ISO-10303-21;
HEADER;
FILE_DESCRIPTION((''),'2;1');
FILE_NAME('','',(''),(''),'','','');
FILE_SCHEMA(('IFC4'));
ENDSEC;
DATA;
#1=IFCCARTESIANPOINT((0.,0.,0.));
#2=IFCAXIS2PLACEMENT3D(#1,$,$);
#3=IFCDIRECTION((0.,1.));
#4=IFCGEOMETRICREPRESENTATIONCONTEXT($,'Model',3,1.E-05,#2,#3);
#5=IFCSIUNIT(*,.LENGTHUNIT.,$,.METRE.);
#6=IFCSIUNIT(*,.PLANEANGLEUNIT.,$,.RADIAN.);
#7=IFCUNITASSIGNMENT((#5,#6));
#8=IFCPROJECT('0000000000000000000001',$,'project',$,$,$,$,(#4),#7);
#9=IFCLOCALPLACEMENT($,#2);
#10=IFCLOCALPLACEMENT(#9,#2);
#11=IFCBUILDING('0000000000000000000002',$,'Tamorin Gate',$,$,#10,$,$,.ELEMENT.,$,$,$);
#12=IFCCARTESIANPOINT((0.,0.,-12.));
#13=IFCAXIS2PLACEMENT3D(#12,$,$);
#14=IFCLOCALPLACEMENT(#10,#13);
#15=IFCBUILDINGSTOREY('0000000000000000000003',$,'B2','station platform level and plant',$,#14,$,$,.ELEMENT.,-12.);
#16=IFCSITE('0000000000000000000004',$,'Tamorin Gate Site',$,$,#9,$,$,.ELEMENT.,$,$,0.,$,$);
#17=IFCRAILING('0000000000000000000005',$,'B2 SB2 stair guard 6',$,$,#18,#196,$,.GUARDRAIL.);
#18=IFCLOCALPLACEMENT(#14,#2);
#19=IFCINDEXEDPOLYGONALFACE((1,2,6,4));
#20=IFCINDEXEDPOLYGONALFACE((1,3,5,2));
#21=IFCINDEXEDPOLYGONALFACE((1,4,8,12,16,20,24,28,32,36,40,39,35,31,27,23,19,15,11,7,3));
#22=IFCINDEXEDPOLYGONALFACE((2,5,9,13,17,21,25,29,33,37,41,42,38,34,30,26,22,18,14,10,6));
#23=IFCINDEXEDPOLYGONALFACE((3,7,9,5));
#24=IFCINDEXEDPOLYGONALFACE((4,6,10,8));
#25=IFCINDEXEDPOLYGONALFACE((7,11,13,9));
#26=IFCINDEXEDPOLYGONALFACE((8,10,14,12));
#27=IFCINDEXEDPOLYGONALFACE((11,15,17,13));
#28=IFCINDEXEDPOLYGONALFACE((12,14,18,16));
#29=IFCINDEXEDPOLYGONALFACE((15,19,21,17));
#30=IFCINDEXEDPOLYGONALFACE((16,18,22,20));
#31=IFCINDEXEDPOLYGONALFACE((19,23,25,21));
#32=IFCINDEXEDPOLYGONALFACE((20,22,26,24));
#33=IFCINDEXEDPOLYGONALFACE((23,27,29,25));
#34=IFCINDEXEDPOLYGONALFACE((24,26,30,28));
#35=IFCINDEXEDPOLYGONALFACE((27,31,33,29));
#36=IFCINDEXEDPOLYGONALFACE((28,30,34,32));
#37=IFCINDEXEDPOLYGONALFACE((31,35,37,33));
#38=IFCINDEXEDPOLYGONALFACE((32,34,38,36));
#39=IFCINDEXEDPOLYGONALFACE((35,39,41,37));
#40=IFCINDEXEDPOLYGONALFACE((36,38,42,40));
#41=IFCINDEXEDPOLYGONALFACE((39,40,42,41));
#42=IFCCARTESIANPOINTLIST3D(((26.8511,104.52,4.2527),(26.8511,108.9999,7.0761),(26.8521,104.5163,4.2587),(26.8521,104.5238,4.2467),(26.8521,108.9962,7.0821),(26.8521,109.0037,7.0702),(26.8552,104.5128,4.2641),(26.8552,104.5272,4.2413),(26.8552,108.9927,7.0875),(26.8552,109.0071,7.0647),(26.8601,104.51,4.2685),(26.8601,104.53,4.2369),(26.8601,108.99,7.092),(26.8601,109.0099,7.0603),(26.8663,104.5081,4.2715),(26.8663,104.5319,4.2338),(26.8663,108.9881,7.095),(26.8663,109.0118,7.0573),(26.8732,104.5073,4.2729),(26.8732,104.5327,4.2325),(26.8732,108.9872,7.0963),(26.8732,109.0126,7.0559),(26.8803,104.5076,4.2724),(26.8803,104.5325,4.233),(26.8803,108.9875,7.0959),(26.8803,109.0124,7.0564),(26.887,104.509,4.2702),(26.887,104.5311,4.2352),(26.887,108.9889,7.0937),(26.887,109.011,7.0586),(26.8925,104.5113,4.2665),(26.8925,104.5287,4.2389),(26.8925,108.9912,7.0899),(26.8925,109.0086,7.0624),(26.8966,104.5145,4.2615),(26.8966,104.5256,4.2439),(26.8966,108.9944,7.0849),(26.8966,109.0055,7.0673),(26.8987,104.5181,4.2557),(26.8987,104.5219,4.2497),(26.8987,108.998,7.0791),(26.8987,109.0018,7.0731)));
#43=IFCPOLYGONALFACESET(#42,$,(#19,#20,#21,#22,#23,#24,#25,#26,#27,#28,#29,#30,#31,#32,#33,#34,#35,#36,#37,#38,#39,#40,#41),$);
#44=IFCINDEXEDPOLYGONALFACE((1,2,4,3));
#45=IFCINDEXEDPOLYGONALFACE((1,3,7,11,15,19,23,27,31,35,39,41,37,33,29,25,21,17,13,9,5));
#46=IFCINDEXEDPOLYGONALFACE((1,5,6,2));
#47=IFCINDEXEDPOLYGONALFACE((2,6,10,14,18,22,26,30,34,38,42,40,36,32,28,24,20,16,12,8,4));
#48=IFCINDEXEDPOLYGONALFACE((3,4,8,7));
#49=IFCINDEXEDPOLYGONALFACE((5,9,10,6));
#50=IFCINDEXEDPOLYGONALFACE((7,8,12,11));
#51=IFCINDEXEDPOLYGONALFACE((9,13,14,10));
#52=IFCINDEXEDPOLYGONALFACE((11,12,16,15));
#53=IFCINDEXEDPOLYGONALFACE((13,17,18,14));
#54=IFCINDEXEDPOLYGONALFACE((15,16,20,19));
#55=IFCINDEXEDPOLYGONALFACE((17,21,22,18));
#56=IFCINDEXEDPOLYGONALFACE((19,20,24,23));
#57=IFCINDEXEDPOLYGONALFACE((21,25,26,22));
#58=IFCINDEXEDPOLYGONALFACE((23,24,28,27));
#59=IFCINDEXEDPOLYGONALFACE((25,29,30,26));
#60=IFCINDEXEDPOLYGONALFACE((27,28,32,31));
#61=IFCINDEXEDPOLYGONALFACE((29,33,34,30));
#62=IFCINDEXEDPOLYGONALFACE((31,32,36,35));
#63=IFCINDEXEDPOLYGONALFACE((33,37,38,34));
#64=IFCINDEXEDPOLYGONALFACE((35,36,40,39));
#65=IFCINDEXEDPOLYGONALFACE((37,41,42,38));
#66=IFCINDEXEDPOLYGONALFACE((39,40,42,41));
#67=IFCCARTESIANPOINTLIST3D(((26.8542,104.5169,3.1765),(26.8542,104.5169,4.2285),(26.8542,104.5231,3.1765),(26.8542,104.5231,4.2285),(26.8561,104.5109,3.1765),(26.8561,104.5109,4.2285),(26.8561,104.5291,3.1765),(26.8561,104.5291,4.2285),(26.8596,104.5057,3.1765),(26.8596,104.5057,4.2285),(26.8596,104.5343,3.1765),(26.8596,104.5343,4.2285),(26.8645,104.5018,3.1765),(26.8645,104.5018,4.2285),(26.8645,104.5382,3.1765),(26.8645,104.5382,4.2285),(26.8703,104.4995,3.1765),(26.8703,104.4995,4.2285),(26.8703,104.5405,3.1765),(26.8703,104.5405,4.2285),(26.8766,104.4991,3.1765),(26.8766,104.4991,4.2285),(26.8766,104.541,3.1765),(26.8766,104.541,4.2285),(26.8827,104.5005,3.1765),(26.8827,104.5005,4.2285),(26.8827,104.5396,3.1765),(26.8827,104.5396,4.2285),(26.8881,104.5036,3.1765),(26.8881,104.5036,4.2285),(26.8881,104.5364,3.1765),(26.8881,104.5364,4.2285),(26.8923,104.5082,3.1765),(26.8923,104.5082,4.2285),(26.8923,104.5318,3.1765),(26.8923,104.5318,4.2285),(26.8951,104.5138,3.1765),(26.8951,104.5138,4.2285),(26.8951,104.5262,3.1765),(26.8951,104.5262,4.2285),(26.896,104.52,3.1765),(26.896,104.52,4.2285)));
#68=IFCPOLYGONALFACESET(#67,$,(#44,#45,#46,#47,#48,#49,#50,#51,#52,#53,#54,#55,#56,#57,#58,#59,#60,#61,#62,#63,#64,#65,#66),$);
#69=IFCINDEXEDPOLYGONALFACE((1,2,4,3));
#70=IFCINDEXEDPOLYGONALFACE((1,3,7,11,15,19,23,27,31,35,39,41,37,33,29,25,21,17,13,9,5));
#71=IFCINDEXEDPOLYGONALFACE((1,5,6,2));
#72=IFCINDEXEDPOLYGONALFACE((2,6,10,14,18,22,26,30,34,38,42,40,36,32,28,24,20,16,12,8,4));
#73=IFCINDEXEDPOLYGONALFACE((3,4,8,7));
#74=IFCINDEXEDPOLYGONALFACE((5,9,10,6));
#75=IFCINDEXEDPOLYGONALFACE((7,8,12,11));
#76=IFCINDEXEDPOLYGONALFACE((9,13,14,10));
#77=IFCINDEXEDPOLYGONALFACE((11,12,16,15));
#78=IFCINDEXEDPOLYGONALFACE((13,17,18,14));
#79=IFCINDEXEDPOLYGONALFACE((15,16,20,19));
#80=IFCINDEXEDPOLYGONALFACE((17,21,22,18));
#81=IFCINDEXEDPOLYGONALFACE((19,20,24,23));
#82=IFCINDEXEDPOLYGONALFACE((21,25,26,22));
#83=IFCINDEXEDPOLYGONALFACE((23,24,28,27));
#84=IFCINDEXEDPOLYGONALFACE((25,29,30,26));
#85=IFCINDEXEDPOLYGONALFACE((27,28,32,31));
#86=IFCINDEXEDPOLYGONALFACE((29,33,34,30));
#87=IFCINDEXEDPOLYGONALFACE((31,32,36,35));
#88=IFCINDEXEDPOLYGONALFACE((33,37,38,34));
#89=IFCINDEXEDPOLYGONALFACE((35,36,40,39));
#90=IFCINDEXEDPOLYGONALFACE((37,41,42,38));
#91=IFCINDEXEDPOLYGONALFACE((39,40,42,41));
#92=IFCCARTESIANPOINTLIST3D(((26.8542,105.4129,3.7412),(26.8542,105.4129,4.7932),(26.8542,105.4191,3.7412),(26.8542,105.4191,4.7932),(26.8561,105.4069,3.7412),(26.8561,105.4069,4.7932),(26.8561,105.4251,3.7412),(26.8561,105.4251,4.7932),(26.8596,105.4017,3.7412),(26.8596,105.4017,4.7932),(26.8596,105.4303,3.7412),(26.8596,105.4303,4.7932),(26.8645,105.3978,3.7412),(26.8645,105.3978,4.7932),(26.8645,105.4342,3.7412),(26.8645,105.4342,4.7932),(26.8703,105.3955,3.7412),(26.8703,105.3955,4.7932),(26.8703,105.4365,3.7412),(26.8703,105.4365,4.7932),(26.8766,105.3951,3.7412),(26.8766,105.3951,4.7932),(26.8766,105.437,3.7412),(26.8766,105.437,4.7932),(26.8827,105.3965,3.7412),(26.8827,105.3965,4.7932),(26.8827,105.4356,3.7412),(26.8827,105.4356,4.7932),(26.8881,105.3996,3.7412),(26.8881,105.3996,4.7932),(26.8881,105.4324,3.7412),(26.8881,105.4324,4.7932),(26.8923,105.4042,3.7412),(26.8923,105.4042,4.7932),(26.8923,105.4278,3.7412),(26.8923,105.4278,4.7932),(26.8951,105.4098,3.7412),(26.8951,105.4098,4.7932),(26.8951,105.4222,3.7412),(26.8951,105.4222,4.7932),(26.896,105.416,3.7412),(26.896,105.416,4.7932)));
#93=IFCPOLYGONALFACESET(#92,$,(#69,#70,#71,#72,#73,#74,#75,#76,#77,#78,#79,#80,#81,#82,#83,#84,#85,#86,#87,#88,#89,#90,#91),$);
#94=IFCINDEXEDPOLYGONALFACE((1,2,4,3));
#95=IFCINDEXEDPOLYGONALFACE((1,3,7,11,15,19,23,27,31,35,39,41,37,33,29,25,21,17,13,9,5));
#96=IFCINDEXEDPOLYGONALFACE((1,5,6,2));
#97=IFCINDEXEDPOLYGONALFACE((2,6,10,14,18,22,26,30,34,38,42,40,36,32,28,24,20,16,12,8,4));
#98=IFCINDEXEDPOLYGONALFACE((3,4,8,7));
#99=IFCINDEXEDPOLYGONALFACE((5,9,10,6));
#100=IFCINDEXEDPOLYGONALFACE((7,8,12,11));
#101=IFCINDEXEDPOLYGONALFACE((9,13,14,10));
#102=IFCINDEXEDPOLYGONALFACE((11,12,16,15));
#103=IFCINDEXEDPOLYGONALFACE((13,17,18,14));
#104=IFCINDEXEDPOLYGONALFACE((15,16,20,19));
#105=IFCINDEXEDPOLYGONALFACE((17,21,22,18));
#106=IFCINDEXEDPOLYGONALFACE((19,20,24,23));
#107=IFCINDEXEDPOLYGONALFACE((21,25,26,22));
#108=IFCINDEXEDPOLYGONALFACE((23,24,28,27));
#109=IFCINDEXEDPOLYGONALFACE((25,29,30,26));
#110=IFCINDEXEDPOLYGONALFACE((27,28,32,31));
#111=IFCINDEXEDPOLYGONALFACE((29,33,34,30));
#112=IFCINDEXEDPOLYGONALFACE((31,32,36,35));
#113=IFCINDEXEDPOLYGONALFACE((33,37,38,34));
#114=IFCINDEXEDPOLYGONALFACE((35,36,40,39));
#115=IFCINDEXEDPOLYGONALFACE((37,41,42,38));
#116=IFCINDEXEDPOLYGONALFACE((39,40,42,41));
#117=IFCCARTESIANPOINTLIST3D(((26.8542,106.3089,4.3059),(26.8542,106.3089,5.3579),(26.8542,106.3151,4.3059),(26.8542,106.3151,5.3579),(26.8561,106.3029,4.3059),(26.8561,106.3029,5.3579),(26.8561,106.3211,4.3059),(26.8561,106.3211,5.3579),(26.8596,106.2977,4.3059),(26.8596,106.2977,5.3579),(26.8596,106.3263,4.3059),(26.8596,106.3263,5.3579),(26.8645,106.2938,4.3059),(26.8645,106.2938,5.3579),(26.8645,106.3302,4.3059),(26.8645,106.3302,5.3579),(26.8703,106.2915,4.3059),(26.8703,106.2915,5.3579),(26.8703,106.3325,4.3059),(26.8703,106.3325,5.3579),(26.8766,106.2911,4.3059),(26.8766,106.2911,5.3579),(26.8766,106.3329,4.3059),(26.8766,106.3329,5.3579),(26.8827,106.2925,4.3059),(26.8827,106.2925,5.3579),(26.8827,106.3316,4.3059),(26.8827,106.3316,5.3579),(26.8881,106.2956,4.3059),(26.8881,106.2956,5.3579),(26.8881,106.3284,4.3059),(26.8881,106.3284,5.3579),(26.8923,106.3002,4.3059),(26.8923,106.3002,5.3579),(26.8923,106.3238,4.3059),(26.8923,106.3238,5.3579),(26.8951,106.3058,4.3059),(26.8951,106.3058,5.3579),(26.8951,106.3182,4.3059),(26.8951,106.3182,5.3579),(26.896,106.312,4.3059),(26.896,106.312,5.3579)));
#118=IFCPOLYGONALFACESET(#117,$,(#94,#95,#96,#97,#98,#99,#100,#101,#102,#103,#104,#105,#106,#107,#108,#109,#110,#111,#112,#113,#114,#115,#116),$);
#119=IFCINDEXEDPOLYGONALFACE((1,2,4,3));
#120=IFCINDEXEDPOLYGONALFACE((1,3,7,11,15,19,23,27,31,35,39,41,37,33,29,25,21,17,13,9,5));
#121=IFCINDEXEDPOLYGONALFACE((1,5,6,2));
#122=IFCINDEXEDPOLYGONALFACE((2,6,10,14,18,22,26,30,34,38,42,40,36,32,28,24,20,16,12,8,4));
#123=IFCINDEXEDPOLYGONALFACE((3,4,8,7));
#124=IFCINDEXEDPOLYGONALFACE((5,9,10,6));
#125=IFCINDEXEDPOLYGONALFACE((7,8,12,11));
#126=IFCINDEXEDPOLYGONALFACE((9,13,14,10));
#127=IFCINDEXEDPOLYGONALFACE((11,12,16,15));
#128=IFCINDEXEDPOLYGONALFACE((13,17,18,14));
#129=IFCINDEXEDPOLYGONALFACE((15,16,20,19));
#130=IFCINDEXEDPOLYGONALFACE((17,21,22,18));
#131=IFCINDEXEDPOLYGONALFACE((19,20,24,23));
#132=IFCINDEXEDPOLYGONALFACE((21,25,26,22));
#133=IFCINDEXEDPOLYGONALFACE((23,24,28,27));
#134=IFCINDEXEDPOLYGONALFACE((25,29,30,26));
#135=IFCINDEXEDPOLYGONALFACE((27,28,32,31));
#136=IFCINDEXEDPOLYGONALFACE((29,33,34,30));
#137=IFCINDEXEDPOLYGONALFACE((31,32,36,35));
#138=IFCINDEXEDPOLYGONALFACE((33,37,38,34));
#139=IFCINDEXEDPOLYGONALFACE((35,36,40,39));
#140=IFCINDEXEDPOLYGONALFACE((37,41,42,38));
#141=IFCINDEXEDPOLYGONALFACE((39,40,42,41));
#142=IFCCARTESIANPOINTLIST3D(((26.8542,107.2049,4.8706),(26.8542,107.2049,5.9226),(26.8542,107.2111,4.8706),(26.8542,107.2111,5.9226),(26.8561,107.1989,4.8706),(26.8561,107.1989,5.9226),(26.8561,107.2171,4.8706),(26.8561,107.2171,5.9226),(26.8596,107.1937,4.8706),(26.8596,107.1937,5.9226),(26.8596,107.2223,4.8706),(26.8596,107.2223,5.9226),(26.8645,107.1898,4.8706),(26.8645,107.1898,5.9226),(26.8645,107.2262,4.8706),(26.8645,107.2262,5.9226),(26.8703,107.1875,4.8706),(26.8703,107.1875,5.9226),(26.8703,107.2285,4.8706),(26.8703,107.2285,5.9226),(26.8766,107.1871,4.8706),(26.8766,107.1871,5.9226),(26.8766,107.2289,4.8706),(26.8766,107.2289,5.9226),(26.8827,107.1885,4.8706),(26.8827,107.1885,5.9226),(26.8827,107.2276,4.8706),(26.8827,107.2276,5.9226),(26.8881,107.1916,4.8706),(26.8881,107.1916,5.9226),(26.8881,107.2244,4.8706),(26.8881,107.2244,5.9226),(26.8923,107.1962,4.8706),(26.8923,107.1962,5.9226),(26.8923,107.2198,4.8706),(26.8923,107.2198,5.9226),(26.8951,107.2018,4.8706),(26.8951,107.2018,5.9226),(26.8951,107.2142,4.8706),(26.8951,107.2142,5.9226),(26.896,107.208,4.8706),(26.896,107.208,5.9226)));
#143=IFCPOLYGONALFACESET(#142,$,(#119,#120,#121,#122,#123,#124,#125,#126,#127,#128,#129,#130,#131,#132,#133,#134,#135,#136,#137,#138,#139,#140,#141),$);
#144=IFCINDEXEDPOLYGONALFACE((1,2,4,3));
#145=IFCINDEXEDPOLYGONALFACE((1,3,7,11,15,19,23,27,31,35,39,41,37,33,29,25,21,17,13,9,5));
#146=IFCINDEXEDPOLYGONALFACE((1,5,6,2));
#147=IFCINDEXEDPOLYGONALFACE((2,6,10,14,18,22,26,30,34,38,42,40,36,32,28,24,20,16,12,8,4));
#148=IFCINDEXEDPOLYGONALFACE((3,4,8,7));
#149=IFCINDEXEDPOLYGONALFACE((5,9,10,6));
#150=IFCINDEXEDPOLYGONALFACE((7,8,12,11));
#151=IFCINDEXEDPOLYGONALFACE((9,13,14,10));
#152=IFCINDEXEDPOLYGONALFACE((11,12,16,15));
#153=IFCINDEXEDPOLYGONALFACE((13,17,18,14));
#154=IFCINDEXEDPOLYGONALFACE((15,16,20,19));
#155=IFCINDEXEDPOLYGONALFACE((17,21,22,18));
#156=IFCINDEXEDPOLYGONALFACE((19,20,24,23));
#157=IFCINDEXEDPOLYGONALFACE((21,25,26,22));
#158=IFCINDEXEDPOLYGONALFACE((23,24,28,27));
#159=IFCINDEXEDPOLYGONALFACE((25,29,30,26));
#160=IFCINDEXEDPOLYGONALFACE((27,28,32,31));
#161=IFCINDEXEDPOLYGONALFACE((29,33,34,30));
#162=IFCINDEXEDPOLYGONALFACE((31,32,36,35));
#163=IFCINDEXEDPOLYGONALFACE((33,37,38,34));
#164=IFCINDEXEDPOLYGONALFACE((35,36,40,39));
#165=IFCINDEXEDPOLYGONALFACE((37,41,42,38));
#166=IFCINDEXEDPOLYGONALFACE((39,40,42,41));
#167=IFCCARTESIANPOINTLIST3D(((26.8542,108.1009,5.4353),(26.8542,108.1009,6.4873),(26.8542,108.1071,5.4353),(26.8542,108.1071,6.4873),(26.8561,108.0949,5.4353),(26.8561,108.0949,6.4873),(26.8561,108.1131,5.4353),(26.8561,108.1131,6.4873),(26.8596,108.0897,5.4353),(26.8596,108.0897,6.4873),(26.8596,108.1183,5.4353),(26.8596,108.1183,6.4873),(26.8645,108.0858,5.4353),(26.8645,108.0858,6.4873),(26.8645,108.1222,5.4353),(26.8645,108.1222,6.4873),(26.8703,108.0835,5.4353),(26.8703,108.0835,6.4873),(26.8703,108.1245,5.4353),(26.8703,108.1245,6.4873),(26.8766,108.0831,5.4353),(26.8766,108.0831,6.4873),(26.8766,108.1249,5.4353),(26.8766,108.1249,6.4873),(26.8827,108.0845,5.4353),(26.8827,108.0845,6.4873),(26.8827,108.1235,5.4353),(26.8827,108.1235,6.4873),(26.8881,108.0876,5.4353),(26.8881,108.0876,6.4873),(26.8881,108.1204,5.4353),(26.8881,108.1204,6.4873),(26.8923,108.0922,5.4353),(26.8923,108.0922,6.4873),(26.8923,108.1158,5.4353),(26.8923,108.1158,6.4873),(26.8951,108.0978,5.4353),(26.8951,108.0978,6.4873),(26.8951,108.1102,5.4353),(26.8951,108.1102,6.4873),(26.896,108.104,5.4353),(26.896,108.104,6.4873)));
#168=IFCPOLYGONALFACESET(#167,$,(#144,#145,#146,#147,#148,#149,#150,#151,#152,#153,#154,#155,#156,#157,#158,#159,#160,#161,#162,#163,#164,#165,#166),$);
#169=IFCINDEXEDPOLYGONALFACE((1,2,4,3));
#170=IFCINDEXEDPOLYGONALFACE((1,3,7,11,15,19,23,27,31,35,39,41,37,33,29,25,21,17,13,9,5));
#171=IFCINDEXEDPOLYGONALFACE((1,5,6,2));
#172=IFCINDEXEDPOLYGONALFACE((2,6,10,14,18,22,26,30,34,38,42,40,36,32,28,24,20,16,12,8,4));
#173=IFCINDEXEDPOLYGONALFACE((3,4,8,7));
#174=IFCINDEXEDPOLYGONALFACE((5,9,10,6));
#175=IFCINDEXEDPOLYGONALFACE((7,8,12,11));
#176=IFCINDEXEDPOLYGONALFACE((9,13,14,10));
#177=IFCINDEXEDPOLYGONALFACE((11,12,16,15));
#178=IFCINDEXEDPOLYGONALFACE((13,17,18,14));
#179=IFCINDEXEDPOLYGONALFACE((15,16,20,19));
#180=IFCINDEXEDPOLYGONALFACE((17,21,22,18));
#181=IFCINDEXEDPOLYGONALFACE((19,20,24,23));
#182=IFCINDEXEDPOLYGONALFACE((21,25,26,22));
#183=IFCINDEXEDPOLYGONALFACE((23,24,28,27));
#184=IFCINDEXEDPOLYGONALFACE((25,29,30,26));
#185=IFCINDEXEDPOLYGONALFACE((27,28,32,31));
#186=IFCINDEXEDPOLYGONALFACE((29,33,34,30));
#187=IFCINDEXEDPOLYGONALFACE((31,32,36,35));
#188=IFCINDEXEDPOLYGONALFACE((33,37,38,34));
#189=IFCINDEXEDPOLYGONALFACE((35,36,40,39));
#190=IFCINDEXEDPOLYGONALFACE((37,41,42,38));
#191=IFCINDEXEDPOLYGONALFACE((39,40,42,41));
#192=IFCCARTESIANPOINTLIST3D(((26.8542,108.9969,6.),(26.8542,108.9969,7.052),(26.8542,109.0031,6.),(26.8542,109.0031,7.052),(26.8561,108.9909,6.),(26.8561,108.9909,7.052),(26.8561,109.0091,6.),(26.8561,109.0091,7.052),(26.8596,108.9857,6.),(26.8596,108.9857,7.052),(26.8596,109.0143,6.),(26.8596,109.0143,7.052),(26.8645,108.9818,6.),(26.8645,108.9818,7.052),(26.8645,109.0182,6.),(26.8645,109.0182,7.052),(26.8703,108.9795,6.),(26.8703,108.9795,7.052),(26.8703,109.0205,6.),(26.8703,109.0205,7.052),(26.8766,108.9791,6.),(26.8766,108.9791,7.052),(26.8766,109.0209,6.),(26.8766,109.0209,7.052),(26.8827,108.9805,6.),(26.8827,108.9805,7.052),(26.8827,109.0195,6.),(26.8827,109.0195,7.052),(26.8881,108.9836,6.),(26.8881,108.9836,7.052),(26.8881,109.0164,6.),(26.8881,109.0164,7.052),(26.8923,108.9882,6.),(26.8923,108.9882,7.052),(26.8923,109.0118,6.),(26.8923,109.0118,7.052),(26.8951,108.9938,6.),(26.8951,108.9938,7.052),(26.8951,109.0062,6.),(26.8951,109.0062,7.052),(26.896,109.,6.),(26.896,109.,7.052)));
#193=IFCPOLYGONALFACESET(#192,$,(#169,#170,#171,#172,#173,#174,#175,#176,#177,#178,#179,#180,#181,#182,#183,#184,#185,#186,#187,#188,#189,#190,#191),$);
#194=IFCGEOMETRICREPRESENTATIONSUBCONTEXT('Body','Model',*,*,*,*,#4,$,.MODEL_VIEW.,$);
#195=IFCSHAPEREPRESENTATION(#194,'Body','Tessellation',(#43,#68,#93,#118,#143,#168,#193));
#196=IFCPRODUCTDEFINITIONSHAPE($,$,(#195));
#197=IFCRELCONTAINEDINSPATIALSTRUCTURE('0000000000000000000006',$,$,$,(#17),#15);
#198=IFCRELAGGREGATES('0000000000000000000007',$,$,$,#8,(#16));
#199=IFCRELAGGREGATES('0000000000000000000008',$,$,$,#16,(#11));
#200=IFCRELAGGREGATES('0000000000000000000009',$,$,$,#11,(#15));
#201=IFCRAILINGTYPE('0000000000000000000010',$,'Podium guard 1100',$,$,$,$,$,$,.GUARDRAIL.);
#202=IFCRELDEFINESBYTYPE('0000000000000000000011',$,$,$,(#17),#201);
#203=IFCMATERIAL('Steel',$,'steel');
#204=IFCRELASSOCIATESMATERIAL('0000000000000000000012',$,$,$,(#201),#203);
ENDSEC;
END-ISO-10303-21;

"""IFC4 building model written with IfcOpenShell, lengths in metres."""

from ifc_helpers import new_model, si_unit, direction, frame, origin, origin_2d, place, context, subcontext, project, spatial, circle, extrude, material, type_object, element, save


model = new_model("IFC4")

# Units and contexts
model_context = context("Model", 3, precision=1e-05, world=origin(), true_north=direction((0.0, 1.0)))
body_context = subcontext(model_context, "Body", "Model", "MODEL_VIEW")
ifc_project = project(units=[si_unit("LENGTHUNIT", "METRE"), si_unit("PLANEANGLEUNIT", "RADIAN")], contexts=[model_context])

# Site, building, storey
site_placement = place(None, origin())
site = spatial("IfcSite", under=ifc_project, at=site_placement, Name="Tamorin Gate Site", CompositionType="ELEMENT", RefElevation=0.0)
building_placement = place(site_placement, origin())
building = spatial("IfcBuilding", under=site, at=building_placement, Name="Tamorin Gate", CompositionType="ELEMENT")
storey_placement = place(building_placement, frame((0.0, 0.0, -12.0)))
storey = spatial("IfcBuildingStorey", under=building, at=storey_placement, Name="B2", Description="station platform level and plant", CompositionType="ELEMENT", Elevation=-12.0)

# Railing
ifc_material_1 = material(Name="Steel", Category="steel")
railing_type_1 = type_object("IfcRailingType", Name="Podium guard 1100", PredefinedType="GUARDRAIL", material=ifc_material_1)
railing_1_placement = place(storey_placement, frame((26.875, 104.52, 3.1765)))
element("IfcRailing", 1, at=railing_1_placement, inside=storey, type_object=railing_type_1, Name="B2 SB2 stair guard 6", PredefinedType="GUARDRAIL", context=body_context, shape_type="SweptSolid", body=[
    extrude(circle(Radius=0.0239, at=origin_2d()), frame((0.0, 0.0, 1.0762), z_axis=(0.0, 0.845998, 0.533186), x_axis=(-1.0, 0.0, 0.0)), (0.0, 0.0, 1.0), 5.2954),
    extrude(circle(Radius=0.021, at=origin_2d()), origin(), (0.0, 0.0, 1.0), 1.052),
    extrude(circle(Radius=0.021, at=origin_2d()), frame((0.0, 0.896, 0.5647)), (0.0, 0.0, 1.0), 1.052),
    extrude(circle(Radius=0.021, at=origin_2d()), frame((0.0, 1.792, 1.1294)), (0.0, 0.0, 1.0), 1.052),
    extrude(circle(Radius=0.021, at=origin_2d()), frame((0.0, 2.688, 1.6941)), (0.0, 0.0, 1.0), 1.052),
    extrude(circle(Radius=0.021, at=origin_2d()), frame((0.0, 3.584, 2.2588)), (0.0, 0.0, 1.0), 1.052),
    extrude(circle(Radius=0.021, at=origin_2d()), frame((0.0, 4.48, 2.8235)), (0.0, 0.0, 1.0), 1.052),
])

save(model, "model.ifc")
